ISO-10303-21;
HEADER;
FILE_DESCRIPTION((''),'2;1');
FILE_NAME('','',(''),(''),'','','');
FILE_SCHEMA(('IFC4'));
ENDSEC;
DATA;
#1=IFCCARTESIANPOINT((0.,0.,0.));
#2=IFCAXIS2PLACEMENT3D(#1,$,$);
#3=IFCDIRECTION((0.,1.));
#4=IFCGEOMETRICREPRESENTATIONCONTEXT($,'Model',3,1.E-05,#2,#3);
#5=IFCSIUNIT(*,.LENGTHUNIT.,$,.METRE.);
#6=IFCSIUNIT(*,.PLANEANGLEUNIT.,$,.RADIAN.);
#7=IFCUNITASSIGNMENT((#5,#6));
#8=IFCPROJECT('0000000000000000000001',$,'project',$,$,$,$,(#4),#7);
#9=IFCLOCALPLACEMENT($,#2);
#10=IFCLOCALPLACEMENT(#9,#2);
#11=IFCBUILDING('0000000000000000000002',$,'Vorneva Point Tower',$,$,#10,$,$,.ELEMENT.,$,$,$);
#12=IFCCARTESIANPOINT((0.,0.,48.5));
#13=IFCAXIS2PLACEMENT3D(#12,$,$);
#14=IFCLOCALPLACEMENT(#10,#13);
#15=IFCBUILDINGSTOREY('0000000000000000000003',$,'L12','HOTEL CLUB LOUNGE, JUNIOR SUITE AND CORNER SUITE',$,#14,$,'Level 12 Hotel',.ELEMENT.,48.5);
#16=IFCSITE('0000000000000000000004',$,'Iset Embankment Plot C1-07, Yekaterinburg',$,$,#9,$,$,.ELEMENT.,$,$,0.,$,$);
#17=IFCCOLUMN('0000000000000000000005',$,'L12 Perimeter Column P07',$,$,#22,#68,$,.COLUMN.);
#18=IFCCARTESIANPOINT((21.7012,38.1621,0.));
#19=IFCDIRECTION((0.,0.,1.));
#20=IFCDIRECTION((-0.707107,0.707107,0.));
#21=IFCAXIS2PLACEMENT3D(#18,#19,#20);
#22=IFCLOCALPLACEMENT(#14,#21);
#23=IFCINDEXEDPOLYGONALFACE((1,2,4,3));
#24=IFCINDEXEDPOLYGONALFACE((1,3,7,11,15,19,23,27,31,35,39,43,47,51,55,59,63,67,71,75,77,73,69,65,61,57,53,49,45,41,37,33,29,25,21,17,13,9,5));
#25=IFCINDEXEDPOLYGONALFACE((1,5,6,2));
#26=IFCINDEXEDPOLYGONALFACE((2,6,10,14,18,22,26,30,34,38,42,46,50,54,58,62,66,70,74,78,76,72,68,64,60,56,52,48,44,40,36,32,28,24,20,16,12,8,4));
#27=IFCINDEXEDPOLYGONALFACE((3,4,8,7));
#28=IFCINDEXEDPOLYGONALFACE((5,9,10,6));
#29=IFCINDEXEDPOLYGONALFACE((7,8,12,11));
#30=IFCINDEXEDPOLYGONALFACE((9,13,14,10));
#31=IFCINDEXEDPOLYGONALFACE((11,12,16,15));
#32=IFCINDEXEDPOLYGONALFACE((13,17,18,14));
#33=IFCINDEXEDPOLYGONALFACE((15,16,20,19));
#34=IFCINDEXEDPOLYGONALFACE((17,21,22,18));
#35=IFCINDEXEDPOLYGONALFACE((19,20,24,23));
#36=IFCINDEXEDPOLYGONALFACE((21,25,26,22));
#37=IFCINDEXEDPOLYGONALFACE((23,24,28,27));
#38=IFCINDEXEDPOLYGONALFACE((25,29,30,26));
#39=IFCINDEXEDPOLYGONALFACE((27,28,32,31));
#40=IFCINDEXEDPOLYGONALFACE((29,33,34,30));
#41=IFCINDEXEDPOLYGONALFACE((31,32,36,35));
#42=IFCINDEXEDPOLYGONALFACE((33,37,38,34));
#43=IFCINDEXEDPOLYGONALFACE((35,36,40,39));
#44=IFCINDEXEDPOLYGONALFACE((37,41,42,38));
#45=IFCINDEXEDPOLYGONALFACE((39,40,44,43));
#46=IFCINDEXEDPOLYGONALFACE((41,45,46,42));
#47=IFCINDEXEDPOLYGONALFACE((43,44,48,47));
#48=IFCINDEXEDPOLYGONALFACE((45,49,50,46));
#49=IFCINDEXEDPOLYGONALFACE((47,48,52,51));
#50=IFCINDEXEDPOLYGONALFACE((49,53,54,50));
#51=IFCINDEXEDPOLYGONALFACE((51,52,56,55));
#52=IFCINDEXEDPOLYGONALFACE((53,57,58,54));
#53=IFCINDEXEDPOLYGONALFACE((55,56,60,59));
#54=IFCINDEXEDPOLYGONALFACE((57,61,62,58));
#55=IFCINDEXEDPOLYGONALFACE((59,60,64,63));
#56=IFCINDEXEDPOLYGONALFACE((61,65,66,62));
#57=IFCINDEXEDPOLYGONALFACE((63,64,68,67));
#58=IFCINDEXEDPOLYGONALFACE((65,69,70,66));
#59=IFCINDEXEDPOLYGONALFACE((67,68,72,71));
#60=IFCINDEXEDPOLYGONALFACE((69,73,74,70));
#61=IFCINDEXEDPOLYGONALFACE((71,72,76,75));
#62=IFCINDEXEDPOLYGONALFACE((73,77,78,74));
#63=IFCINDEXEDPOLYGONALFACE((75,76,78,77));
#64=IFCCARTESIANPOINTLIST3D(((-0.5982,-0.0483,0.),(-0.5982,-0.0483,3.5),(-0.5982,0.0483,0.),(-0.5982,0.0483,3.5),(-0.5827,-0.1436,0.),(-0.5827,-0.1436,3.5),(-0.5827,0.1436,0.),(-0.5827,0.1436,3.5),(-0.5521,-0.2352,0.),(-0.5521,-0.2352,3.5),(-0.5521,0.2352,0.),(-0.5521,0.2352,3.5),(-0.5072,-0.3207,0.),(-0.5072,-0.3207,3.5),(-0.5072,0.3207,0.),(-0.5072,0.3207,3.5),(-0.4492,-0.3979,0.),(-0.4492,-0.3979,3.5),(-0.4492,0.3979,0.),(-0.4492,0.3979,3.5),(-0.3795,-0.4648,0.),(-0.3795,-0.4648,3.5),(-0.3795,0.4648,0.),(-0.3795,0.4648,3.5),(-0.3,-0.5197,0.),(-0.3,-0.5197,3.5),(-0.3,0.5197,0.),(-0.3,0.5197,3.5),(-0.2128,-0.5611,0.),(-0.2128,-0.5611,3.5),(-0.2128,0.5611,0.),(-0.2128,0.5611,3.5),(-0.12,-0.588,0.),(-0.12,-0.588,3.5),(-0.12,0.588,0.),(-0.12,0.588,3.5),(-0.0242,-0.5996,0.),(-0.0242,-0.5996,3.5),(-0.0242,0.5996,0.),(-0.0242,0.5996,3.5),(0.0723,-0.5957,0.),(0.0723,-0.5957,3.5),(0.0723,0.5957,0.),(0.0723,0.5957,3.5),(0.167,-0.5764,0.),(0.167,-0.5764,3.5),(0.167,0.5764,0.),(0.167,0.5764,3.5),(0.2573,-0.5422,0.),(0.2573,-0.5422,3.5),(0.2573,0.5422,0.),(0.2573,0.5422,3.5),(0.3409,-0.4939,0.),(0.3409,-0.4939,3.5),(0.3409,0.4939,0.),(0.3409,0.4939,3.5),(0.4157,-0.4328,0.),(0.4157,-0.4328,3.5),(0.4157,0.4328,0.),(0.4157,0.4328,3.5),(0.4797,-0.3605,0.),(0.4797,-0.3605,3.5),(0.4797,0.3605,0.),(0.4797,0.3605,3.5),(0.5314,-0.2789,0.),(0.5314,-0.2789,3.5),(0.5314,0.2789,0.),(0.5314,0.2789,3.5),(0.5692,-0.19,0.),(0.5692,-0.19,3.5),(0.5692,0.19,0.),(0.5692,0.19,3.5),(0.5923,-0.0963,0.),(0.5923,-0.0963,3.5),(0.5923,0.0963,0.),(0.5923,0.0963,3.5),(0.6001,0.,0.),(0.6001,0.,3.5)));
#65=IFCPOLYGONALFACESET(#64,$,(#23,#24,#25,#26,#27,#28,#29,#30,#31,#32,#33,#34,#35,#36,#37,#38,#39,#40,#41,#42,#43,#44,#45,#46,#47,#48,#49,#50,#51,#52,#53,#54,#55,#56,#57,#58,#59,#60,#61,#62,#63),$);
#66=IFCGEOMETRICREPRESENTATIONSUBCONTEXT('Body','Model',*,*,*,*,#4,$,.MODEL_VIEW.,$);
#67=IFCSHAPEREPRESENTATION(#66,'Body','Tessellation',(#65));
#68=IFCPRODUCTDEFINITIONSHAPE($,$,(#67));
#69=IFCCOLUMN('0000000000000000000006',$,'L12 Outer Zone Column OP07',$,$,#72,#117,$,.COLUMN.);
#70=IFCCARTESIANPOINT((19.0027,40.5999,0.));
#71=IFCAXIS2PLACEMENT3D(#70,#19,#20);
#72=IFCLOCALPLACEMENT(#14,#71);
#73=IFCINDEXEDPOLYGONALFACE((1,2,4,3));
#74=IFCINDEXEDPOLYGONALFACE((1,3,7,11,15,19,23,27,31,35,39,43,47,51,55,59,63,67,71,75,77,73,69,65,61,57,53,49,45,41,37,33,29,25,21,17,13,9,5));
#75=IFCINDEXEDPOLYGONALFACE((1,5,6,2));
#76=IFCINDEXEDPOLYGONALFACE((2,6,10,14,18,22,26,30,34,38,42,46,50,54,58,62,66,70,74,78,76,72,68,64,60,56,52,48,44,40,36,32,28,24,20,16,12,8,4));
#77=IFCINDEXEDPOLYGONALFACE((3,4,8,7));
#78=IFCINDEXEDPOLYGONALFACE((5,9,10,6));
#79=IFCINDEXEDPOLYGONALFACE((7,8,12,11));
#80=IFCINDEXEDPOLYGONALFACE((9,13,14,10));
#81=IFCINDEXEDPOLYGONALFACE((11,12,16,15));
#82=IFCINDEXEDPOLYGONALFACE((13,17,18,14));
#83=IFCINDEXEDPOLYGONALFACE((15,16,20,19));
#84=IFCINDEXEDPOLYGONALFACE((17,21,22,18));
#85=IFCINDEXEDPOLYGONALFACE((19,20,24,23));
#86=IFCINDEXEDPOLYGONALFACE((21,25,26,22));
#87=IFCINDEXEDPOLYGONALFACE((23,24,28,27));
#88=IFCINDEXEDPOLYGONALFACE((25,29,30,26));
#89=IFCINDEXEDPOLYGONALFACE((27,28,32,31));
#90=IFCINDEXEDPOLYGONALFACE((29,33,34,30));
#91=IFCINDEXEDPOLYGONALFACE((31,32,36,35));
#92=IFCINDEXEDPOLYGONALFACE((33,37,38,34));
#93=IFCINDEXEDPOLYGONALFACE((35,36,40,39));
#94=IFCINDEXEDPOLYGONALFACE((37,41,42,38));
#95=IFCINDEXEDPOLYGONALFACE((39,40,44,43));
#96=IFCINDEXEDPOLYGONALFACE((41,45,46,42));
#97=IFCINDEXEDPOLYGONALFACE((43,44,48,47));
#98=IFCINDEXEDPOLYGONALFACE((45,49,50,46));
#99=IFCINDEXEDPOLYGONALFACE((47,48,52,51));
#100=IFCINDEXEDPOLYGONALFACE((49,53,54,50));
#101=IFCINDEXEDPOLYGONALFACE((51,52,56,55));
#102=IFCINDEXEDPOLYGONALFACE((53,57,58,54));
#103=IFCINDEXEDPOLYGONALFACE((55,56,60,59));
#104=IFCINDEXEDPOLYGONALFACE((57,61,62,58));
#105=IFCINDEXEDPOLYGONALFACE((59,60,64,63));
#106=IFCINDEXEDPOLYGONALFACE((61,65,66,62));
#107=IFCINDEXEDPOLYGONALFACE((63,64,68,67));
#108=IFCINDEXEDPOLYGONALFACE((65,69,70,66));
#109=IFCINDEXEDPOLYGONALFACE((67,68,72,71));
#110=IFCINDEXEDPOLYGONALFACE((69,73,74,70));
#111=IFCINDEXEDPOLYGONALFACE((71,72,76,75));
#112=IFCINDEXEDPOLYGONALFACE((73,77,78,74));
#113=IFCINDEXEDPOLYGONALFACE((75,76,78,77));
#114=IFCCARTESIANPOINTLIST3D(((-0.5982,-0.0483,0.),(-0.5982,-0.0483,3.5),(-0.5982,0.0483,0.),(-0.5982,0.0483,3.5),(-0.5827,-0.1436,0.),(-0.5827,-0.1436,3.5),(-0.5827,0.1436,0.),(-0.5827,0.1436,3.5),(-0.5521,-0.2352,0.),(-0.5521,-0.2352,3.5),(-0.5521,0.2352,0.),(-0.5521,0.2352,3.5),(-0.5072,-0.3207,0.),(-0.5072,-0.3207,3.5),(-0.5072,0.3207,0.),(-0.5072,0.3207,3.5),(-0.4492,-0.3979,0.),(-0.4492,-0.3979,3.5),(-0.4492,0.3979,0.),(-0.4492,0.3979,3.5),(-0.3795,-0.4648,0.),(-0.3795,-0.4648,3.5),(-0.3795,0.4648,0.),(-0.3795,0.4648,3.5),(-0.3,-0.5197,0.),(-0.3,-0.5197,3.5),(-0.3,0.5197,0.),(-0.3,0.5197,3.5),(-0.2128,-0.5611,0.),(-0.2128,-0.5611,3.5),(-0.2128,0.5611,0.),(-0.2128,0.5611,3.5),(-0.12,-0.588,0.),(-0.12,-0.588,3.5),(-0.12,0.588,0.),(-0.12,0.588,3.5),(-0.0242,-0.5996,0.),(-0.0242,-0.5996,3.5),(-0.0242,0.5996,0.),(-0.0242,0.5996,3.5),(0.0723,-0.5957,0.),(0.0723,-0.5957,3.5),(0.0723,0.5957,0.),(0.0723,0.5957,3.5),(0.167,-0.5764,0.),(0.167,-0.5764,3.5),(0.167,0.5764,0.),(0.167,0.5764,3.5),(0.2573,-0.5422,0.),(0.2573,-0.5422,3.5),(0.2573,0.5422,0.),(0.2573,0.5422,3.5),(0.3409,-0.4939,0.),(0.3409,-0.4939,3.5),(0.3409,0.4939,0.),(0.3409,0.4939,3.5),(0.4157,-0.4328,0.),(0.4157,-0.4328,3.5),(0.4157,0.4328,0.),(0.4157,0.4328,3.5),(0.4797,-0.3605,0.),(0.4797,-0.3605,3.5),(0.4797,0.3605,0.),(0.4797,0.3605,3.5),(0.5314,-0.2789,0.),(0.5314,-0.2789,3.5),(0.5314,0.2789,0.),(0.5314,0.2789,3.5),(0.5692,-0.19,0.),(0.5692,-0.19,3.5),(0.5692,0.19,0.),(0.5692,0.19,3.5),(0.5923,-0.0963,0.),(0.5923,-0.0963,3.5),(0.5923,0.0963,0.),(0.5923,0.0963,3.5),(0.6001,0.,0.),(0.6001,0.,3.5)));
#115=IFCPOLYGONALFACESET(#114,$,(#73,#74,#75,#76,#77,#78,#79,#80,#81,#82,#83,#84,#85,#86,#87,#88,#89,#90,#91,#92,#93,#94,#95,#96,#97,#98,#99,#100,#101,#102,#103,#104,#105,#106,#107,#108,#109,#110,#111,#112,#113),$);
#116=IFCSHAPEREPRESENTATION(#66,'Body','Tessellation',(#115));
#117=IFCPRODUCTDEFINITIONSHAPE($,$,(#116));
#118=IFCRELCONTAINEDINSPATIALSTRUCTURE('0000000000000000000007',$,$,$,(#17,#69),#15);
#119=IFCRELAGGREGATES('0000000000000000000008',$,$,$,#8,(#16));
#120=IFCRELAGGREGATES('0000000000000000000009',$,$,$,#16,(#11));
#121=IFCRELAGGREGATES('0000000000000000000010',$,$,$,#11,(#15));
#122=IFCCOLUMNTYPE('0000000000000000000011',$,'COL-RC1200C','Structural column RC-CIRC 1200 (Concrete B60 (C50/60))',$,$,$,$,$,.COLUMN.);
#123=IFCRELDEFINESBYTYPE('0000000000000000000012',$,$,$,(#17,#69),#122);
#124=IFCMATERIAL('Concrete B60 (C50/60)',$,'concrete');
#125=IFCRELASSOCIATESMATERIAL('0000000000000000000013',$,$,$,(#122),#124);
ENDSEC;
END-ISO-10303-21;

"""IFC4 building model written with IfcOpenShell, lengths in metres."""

from ifc_helpers import new_model, si_unit, direction, frame, origin, origin_2d, place, context, subcontext, project, spatial, circle, extrude, material, material_profile, profile_set, type_object, element, save


model = new_model("IFC4")

# Units and contexts
model_context = context("Model", 3, precision=1e-05, world=origin(), true_north=direction((0.0, 1.0)))
body_context = subcontext(model_context, "Body", "Model", "MODEL_VIEW")
ifc_project = project(units=[si_unit("LENGTHUNIT", "METRE"), si_unit("PLANEANGLEUNIT", "RADIAN")], contexts=[model_context])

# Site, building, storey
site_placement = place(None, origin())
site = spatial("IfcSite", under=ifc_project, at=site_placement, Name="Iset Embankment Plot C1-07, Yekaterinburg", CompositionType="ELEMENT", RefElevation=0.0)
building_placement = place(site_placement, origin())
building = spatial("IfcBuilding", under=site, at=building_placement, Name="Vorneva Point Tower", CompositionType="ELEMENT")
storey_placement = place(building_placement, frame((0.0, 0.0, 48.5)))
storey = spatial("IfcBuildingStorey", under=building, at=storey_placement, Name="L12", Description="HOTEL CLUB LOUNGE, JUNIOR SUITE AND CORNER SUITE", LongName="Level 12 Hotel", CompositionType="ELEMENT", Elevation=48.5)

# Columns
ifc_material_1 = material(Name="Concrete B60 (C50/60)", Category="concrete")
ifc_material_profile_1 = material_profile(ifc_material_1, circle(Radius=0.6001, at=origin_2d()), Name="RC-CIRC 1200")
ifc_profile_set_1 = profile_set([ifc_material_profile_1], Name="Concrete B60 (C50/60)")
column_type = type_object("IfcColumnType", Name="COL-RC1200C", Description="Structural column RC-CIRC 1200 (Concrete B60 (C50/60))", PredefinedType="COLUMN", material=ifc_profile_set_1)
for number, where, z_axis, x_axis, name in (
    (1, (21.7012, 38.1621, 0.0), (0.0, 0.0, 1.0), (-0.707107, 0.707107, 0.0), "L12 Perimeter Column P07"),
    (2, (19.0027, 40.5999, 0.0), (0.0, 0.0, 1.0), (-0.707107, 0.707107, 0.0), "L12 Outer Zone Column OP07"),
):
    element("IfcColumn", number, at=place(storey_placement, frame(where, z_axis=z_axis, x_axis=x_axis)), inside=storey, type_object=column_type, Name=name, PredefinedType="COLUMN", context=body_context, shape_type="SweptSolid", body=[
        extrude(circle(Radius=0.6001, at=origin_2d()), origin(), (0.0, 0.0, 1.0), 3.5),
    ])

save(model, "model.ifc")
